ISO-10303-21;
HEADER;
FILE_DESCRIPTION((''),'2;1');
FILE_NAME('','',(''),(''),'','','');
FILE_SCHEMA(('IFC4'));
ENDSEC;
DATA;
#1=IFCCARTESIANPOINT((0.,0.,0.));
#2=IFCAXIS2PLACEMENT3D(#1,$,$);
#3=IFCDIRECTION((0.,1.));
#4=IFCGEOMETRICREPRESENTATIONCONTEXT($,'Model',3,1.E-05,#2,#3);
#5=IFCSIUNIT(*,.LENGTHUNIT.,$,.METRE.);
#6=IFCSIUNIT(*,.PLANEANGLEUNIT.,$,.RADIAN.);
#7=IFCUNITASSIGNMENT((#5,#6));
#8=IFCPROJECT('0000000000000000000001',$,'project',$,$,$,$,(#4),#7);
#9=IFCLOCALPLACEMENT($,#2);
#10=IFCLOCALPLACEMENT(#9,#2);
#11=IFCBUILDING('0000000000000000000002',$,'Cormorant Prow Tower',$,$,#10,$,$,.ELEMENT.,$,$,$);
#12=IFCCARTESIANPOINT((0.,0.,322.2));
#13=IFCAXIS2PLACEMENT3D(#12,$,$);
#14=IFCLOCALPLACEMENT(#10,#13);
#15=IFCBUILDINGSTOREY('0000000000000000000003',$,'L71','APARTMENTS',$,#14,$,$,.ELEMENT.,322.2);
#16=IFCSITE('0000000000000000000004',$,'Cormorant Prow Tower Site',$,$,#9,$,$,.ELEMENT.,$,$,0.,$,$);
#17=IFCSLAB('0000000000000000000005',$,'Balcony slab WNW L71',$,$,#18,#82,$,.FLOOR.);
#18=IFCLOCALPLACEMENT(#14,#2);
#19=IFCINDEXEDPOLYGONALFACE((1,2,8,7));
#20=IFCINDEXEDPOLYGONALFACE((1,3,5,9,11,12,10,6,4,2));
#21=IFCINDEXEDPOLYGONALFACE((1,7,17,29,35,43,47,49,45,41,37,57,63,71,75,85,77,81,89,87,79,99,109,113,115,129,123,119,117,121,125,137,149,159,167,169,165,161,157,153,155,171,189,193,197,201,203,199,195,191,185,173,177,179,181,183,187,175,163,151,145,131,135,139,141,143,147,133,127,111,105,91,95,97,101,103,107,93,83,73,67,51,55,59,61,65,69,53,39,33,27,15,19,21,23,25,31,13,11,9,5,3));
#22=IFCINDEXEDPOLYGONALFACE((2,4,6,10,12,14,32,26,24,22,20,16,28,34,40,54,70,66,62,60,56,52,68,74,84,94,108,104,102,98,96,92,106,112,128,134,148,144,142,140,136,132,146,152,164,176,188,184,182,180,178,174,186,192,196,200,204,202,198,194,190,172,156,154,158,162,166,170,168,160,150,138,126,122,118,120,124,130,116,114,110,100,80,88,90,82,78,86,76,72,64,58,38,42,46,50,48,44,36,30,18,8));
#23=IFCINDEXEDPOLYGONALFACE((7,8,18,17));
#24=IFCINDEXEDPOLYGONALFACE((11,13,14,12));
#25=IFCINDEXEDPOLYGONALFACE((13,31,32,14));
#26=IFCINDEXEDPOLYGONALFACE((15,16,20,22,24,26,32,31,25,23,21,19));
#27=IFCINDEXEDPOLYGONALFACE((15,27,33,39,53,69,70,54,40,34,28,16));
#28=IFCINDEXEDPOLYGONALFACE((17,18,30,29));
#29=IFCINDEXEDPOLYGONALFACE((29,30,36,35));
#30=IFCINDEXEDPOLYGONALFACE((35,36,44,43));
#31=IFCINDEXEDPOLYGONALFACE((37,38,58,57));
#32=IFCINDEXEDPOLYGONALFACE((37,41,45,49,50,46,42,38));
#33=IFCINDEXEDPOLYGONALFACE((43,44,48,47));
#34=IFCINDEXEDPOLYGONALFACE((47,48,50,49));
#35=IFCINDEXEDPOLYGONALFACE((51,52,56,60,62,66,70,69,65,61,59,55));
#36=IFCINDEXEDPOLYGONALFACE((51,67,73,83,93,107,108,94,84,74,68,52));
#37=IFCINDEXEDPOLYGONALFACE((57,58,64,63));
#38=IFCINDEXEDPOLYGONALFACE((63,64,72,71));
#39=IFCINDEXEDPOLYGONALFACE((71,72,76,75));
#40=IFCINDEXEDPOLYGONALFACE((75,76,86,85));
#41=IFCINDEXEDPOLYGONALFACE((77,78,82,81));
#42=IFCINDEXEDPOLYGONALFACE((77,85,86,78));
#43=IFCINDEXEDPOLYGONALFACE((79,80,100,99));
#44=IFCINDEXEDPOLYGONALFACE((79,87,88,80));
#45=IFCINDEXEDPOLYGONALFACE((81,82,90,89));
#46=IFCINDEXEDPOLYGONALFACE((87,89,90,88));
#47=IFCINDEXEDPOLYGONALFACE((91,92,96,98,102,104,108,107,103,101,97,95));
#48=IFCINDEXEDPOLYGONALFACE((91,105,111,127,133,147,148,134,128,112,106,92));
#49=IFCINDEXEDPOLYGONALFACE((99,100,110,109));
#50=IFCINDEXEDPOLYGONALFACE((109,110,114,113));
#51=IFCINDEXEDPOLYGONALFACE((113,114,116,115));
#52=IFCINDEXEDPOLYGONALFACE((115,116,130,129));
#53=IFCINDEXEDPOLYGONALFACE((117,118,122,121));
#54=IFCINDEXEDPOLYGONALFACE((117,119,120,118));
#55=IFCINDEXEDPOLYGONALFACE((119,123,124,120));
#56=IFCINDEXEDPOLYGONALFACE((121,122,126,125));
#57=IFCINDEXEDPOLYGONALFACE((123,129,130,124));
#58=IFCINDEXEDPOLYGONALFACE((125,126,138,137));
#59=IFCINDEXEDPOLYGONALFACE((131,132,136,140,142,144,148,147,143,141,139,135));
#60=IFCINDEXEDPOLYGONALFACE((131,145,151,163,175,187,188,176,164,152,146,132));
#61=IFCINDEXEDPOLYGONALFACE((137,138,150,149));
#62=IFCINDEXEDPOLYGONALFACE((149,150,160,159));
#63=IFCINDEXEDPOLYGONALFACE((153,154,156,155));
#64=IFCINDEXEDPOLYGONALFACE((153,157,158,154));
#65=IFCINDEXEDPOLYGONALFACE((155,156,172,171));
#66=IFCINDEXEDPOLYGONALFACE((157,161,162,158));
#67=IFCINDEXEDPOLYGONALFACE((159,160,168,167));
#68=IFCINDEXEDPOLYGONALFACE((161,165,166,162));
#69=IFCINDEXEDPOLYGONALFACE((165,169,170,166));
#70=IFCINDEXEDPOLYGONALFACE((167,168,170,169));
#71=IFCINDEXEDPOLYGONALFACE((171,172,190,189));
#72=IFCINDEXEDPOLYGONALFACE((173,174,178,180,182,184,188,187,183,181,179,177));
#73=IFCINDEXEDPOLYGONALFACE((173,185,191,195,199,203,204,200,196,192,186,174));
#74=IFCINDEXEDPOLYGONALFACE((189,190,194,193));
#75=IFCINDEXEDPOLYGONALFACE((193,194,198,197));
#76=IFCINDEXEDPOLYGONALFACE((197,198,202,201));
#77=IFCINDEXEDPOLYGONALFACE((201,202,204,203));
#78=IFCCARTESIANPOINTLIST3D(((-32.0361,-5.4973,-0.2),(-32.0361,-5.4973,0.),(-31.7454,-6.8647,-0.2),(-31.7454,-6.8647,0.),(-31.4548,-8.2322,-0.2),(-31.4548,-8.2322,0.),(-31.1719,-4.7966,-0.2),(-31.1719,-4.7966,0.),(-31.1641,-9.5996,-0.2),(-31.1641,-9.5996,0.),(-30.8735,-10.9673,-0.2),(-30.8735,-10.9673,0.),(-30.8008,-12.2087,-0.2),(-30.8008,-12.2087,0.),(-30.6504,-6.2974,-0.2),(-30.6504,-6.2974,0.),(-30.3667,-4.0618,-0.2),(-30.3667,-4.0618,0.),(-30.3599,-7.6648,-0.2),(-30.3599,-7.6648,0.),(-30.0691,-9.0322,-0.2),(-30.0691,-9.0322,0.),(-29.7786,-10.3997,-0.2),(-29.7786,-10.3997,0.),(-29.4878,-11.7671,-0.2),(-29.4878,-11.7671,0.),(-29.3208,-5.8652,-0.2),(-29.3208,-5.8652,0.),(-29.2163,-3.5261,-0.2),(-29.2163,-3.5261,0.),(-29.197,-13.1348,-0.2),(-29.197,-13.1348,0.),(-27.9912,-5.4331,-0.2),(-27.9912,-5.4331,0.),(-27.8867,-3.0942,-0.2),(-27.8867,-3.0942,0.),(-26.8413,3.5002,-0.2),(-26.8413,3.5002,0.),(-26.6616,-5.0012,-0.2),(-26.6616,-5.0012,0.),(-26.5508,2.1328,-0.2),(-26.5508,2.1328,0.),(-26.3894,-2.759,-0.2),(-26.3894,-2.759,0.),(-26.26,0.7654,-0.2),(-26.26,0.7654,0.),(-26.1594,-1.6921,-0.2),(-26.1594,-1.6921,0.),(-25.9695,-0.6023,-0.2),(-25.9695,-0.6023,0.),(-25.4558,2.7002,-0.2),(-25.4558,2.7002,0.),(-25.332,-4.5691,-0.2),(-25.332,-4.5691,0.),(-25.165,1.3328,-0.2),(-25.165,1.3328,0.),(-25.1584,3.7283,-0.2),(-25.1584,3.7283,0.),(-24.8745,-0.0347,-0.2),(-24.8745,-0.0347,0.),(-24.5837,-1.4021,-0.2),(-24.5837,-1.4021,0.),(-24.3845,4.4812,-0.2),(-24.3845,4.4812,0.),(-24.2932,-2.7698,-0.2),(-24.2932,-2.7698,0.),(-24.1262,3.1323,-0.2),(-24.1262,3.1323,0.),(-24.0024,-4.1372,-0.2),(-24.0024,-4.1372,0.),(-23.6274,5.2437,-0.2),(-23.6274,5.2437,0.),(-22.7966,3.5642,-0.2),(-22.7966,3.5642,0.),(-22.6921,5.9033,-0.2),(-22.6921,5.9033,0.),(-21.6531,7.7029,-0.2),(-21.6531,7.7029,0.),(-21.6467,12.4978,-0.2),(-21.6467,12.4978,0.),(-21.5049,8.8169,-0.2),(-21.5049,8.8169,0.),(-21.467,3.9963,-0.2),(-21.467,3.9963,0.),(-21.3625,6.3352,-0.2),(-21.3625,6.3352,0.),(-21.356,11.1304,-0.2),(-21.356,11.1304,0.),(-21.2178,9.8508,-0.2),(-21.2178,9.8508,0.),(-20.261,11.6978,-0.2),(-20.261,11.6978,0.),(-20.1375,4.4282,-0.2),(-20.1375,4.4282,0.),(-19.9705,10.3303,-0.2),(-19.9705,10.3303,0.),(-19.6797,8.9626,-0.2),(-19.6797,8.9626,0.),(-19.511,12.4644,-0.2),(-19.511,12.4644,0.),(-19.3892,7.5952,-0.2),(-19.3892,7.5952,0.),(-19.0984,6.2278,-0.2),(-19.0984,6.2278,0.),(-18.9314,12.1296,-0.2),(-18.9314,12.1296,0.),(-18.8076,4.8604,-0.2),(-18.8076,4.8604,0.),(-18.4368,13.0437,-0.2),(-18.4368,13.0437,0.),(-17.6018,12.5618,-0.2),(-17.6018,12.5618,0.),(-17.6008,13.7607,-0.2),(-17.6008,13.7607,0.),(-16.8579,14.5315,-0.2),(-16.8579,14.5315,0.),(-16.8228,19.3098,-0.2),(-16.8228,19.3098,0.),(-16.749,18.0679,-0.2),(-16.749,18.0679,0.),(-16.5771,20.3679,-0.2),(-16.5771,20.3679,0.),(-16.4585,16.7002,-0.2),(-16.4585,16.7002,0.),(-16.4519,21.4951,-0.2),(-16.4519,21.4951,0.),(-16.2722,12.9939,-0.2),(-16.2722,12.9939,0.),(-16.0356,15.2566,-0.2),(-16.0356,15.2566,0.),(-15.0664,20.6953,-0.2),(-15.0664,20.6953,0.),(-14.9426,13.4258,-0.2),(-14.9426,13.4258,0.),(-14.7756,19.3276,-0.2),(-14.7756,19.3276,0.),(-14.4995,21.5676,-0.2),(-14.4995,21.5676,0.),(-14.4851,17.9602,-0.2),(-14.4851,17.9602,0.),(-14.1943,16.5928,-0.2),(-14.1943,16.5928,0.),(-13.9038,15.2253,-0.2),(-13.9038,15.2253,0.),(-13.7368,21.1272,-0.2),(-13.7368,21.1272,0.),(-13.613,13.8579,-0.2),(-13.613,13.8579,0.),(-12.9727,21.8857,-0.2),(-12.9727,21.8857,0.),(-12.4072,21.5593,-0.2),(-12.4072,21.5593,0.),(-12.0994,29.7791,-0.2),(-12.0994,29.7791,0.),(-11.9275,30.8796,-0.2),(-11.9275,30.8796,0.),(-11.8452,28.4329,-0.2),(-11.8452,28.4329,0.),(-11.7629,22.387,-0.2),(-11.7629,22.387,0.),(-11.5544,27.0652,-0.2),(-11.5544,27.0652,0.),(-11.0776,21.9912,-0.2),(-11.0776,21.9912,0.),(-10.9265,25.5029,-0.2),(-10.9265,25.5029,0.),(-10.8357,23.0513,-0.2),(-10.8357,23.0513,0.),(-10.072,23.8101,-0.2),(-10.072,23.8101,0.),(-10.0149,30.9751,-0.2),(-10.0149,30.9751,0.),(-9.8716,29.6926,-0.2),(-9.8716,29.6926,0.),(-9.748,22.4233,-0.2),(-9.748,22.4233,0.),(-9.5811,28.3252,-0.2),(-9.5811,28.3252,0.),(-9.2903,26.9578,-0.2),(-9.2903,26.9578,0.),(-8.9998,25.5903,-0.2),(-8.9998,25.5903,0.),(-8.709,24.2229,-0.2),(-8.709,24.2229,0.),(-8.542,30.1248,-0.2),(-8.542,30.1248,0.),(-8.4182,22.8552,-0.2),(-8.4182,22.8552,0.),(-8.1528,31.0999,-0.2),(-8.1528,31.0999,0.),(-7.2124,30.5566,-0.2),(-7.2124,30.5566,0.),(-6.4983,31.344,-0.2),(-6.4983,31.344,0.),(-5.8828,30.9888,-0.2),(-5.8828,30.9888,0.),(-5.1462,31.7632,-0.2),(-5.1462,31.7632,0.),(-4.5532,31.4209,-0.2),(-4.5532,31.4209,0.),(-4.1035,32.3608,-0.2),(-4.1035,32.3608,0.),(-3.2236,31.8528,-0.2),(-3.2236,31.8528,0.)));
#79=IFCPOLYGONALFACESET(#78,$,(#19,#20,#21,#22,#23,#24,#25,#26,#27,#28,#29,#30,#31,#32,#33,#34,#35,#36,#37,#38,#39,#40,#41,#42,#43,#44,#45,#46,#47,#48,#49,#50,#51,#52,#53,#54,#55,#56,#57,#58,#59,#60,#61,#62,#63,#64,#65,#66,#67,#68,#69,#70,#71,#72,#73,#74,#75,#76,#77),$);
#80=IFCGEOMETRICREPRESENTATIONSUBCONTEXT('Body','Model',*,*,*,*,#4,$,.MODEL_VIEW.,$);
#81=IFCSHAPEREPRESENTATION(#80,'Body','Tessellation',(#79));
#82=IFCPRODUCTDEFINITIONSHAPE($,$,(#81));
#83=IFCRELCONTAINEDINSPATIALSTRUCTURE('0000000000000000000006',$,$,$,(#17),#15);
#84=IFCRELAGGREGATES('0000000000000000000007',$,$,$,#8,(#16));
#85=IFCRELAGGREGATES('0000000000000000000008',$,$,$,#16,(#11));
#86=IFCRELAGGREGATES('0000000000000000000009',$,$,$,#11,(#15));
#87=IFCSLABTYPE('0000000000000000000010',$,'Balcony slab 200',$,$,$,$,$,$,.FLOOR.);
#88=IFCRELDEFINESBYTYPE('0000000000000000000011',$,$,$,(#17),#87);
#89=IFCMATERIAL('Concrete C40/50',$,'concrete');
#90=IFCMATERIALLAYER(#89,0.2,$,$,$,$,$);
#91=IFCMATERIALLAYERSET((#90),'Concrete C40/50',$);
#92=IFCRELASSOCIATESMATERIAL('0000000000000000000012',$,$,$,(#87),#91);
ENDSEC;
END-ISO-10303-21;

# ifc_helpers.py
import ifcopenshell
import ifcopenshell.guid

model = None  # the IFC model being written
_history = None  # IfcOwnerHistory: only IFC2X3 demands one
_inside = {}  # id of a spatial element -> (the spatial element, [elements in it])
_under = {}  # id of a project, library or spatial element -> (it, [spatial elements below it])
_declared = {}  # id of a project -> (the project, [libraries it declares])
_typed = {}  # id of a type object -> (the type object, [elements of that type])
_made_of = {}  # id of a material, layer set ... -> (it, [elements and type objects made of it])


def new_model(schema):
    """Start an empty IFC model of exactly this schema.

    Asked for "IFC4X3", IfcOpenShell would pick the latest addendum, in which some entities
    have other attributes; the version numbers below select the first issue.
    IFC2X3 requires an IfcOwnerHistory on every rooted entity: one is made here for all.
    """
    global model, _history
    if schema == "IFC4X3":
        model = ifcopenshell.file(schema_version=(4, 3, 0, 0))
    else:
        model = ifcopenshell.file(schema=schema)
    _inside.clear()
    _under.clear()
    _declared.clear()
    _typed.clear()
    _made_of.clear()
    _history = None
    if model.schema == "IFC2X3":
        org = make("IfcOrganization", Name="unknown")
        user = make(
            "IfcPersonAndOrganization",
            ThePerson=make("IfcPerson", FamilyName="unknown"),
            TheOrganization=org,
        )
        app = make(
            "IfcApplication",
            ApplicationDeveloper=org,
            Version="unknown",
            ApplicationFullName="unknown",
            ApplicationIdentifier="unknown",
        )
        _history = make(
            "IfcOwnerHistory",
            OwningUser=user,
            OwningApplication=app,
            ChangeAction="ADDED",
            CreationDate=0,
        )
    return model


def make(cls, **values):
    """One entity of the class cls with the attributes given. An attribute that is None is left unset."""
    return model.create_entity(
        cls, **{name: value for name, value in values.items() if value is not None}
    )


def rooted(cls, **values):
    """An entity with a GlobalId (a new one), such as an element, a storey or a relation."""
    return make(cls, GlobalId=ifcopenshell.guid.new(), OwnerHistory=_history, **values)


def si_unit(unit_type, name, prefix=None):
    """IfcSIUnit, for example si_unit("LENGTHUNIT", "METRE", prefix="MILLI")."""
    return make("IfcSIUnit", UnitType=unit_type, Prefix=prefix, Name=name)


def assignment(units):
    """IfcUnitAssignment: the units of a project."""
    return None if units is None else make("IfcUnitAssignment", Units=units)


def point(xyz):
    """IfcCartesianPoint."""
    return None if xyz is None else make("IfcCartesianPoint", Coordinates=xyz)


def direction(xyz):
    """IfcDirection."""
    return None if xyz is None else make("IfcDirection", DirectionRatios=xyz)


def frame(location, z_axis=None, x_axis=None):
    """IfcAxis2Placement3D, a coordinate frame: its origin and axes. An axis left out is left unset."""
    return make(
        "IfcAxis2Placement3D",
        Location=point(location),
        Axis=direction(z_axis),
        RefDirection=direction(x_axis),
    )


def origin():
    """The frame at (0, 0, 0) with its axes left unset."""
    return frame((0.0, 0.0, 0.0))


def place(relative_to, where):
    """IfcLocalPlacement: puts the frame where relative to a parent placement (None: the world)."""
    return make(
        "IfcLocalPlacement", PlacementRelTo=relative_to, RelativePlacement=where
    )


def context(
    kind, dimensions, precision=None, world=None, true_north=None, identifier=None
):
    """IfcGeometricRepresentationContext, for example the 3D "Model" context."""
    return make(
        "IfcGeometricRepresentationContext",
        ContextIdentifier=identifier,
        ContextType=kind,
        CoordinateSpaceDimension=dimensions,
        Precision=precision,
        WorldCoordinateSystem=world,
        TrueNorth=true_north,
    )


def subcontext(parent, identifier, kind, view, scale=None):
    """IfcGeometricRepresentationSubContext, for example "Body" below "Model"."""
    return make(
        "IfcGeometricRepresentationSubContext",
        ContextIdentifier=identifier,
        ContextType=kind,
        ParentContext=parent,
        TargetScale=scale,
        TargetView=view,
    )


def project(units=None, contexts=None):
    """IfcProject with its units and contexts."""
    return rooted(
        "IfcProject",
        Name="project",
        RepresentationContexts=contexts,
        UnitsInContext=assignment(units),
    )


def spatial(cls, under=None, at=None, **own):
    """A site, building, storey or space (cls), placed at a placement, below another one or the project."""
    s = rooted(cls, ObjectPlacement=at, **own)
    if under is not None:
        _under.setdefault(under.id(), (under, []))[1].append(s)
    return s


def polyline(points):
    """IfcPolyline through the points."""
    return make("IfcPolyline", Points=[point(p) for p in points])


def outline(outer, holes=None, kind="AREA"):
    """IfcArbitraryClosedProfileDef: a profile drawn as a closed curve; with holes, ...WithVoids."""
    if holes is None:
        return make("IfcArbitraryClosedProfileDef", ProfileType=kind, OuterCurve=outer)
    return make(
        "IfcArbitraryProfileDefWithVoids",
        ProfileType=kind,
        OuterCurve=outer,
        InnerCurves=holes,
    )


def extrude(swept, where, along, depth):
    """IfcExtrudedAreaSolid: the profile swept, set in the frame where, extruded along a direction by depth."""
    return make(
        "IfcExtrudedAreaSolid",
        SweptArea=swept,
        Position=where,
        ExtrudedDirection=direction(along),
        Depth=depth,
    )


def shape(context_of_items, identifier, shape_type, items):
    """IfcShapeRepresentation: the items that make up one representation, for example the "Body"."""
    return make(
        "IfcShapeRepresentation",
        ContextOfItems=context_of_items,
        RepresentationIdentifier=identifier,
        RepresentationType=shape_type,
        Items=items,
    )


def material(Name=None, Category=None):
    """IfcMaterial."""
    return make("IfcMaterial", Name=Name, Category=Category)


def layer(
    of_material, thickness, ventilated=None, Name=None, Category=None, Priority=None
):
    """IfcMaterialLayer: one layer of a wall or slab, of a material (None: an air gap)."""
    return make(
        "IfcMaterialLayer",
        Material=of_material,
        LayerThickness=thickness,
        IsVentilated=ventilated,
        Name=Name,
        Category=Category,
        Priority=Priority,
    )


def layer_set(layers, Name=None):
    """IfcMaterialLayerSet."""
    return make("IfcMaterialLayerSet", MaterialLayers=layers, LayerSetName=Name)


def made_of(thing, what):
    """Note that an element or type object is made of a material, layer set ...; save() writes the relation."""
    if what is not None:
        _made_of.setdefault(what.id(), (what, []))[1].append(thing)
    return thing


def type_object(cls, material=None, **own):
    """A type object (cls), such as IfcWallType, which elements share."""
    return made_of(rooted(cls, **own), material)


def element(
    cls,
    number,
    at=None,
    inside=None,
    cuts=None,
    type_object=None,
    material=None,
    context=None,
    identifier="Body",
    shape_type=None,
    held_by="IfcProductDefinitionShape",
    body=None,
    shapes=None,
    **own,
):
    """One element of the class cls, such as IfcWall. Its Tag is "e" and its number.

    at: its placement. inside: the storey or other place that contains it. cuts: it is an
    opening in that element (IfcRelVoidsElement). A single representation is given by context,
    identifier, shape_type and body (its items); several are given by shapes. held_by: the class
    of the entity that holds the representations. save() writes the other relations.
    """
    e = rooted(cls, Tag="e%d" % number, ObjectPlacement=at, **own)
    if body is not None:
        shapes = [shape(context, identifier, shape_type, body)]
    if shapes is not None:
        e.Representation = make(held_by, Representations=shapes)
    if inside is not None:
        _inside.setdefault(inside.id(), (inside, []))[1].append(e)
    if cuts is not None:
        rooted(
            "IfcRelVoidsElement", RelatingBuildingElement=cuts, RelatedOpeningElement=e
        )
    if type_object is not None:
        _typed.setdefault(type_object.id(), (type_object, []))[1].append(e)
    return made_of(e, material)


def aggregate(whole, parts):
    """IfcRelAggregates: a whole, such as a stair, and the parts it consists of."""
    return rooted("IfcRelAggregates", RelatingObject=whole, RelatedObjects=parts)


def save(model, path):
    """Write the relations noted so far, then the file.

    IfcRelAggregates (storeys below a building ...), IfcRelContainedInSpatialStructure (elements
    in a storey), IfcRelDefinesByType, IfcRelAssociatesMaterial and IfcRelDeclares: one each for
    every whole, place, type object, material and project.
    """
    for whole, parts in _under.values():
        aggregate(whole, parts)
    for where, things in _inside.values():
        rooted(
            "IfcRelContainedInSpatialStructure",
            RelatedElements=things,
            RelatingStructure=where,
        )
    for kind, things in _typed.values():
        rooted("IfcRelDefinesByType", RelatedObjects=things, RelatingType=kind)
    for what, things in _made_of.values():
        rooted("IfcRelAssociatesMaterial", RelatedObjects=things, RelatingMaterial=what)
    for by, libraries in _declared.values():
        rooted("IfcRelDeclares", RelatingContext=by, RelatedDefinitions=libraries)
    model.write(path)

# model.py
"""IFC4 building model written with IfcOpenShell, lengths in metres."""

from ifc_helpers import new_model, si_unit, direction, frame, origin, place, context, subcontext, project, spatial, polyline, outline, extrude, material, layer, layer_set, type_object, element, save


model = new_model("IFC4")

# Units and contexts
model_context = context("Model", 3, precision=1e-05, world=origin(), true_north=direction((0.0, 1.0)))
body_context = subcontext(model_context, "Body", "Model", "MODEL_VIEW")
ifc_project = project(units=[si_unit("LENGTHUNIT", "METRE"), si_unit("PLANEANGLEUNIT", "RADIAN")], contexts=[model_context])

# Site, building, storey
site_placement = place(None, origin())
site = spatial("IfcSite", under=ifc_project, at=site_placement, Name="Cormorant Prow Tower Site", CompositionType="ELEMENT", RefElevation=0.0)
building_placement = place(site_placement, origin())
building = spatial("IfcBuilding", under=site, at=building_placement, Name="Cormorant Prow Tower", CompositionType="ELEMENT")
storey_placement = place(building_placement, frame((0.0, 0.0, 322.2)))
storey = spatial("IfcBuildingStorey", under=building, at=storey_placement, Name="L71", Description="APARTMENTS", CompositionType="ELEMENT", Elevation=322.2)

# Slab
ifc_material_1 = material(Name="Concrete C40/50", Category="concrete")
ifc_layer_1 = layer(ifc_material_1, 0.2)
ifc_layer_set_1 = layer_set([ifc_layer_1], Name="Concrete C40/50")
slab_type_1 = type_object("IfcSlabType", Name="Balcony slab 200", PredefinedType="FLOOR", material=ifc_layer_set_1)
slab_1_placement = place(storey_placement, frame((0.0, 0.0, -0.2)))
element("IfcSlab", 1, at=slab_1_placement, inside=storey, type_object=slab_type_1, Name="Balcony slab WNW L71", PredefinedType="FLOOR", context=body_context, shape_type="SweptSolid", body=[
    extrude(outline(polyline([(-3.2236, 31.8528), (-4.1035, 32.3608), (-5.1462, 31.7632), (-6.4983, 31.344), (-8.1528, 31.0999), (-10.0149, 30.9751), (-11.9275, 30.8796), (-12.0994, 29.7791), (-11.8452, 28.4329), (-11.5544, 27.0652), (-10.9265, 25.5029), (-10.072, 23.8101), (-10.8357, 23.0513), (-11.7629, 22.387), (-12.9727, 21.8857), (-14.4995, 21.5676), (-16.4519, 21.4951), (-16.5771, 20.3679), (-16.8228, 19.3098), (-16.749, 18.0679), (-16.4585, 16.7002), (-16.0356, 15.2566), (-16.8579, 14.5315), (-17.6008, 13.7607), (-18.4368, 13.0437), (-19.511, 12.4644), (-21.6467, 12.4978), (-21.356, 11.1304), (-21.2178, 9.8508), (-21.5049, 8.8169), (-21.6531, 7.7029), (-21.3625, 6.3352), (-22.6921, 5.9033), (-23.6274, 5.2437), (-24.3845, 4.4812), (-25.1584, 3.7283), (-26.8413, 3.5002), (-26.5508, 2.1328), (-26.26, 0.7654), (-25.9695, -0.6023), (-26.1594, -1.6921), (-26.3894, -2.759), (-27.8867, -3.0942), (-29.2163, -3.5261), (-30.3667, -4.0618), (-31.1719, -4.7966), (-32.0361, -5.4973), (-31.7454, -6.8647), (-31.4548, -8.2322), (-31.1641, -9.5996), (-30.8735, -10.9673), (-30.8008, -12.2087), (-29.197, -13.1348), (-29.4878, -11.7671), (-29.7786, -10.3997), (-30.0691, -9.0322), (-30.3599, -7.6648), (-30.6504, -6.2974), (-29.3208, -5.8652), (-27.9912, -5.4331), (-26.6616, -5.0012), (-25.332, -4.5691), (-24.0024, -4.1372), (-24.2932, -2.7698), (-24.5837, -1.4021), (-24.8745, -0.0347), (-25.165, 1.3328), (-25.4558, 2.7002), (-24.1262, 3.1323), (-22.7966, 3.5642), (-21.467, 3.9963), (-20.1375, 4.4282), (-18.8076, 4.8604), (-19.0984, 6.2278), (-19.3892, 7.5952), (-19.6797, 8.9626), (-19.9705, 10.3303), (-20.261, 11.6978), (-18.9314, 12.1296), (-17.6018, 12.5618), (-16.2722, 12.9939), (-14.9426, 13.4258), (-13.613, 13.8579), (-13.9038, 15.2253), (-14.1943, 16.5928), (-14.4851, 17.9602), (-14.7756, 19.3276), (-15.0664, 20.6953), (-13.7368, 21.1272), (-12.4072, 21.5593), (-11.0776, 21.9912), (-9.748, 22.4233), (-8.4182, 22.8552), (-8.709, 24.2229), (-8.9998, 25.5903), (-9.2903, 26.9578), (-9.5811, 28.3252), (-9.8716, 29.6926), (-8.542, 30.1248), (-7.2124, 30.5566), (-5.8828, 30.9888), (-4.5532, 31.4209), (-3.2236, 31.8528)])), origin(), (0.0, 0.0, 1.0), 0.2),
])

save(model, "model.ifc")
